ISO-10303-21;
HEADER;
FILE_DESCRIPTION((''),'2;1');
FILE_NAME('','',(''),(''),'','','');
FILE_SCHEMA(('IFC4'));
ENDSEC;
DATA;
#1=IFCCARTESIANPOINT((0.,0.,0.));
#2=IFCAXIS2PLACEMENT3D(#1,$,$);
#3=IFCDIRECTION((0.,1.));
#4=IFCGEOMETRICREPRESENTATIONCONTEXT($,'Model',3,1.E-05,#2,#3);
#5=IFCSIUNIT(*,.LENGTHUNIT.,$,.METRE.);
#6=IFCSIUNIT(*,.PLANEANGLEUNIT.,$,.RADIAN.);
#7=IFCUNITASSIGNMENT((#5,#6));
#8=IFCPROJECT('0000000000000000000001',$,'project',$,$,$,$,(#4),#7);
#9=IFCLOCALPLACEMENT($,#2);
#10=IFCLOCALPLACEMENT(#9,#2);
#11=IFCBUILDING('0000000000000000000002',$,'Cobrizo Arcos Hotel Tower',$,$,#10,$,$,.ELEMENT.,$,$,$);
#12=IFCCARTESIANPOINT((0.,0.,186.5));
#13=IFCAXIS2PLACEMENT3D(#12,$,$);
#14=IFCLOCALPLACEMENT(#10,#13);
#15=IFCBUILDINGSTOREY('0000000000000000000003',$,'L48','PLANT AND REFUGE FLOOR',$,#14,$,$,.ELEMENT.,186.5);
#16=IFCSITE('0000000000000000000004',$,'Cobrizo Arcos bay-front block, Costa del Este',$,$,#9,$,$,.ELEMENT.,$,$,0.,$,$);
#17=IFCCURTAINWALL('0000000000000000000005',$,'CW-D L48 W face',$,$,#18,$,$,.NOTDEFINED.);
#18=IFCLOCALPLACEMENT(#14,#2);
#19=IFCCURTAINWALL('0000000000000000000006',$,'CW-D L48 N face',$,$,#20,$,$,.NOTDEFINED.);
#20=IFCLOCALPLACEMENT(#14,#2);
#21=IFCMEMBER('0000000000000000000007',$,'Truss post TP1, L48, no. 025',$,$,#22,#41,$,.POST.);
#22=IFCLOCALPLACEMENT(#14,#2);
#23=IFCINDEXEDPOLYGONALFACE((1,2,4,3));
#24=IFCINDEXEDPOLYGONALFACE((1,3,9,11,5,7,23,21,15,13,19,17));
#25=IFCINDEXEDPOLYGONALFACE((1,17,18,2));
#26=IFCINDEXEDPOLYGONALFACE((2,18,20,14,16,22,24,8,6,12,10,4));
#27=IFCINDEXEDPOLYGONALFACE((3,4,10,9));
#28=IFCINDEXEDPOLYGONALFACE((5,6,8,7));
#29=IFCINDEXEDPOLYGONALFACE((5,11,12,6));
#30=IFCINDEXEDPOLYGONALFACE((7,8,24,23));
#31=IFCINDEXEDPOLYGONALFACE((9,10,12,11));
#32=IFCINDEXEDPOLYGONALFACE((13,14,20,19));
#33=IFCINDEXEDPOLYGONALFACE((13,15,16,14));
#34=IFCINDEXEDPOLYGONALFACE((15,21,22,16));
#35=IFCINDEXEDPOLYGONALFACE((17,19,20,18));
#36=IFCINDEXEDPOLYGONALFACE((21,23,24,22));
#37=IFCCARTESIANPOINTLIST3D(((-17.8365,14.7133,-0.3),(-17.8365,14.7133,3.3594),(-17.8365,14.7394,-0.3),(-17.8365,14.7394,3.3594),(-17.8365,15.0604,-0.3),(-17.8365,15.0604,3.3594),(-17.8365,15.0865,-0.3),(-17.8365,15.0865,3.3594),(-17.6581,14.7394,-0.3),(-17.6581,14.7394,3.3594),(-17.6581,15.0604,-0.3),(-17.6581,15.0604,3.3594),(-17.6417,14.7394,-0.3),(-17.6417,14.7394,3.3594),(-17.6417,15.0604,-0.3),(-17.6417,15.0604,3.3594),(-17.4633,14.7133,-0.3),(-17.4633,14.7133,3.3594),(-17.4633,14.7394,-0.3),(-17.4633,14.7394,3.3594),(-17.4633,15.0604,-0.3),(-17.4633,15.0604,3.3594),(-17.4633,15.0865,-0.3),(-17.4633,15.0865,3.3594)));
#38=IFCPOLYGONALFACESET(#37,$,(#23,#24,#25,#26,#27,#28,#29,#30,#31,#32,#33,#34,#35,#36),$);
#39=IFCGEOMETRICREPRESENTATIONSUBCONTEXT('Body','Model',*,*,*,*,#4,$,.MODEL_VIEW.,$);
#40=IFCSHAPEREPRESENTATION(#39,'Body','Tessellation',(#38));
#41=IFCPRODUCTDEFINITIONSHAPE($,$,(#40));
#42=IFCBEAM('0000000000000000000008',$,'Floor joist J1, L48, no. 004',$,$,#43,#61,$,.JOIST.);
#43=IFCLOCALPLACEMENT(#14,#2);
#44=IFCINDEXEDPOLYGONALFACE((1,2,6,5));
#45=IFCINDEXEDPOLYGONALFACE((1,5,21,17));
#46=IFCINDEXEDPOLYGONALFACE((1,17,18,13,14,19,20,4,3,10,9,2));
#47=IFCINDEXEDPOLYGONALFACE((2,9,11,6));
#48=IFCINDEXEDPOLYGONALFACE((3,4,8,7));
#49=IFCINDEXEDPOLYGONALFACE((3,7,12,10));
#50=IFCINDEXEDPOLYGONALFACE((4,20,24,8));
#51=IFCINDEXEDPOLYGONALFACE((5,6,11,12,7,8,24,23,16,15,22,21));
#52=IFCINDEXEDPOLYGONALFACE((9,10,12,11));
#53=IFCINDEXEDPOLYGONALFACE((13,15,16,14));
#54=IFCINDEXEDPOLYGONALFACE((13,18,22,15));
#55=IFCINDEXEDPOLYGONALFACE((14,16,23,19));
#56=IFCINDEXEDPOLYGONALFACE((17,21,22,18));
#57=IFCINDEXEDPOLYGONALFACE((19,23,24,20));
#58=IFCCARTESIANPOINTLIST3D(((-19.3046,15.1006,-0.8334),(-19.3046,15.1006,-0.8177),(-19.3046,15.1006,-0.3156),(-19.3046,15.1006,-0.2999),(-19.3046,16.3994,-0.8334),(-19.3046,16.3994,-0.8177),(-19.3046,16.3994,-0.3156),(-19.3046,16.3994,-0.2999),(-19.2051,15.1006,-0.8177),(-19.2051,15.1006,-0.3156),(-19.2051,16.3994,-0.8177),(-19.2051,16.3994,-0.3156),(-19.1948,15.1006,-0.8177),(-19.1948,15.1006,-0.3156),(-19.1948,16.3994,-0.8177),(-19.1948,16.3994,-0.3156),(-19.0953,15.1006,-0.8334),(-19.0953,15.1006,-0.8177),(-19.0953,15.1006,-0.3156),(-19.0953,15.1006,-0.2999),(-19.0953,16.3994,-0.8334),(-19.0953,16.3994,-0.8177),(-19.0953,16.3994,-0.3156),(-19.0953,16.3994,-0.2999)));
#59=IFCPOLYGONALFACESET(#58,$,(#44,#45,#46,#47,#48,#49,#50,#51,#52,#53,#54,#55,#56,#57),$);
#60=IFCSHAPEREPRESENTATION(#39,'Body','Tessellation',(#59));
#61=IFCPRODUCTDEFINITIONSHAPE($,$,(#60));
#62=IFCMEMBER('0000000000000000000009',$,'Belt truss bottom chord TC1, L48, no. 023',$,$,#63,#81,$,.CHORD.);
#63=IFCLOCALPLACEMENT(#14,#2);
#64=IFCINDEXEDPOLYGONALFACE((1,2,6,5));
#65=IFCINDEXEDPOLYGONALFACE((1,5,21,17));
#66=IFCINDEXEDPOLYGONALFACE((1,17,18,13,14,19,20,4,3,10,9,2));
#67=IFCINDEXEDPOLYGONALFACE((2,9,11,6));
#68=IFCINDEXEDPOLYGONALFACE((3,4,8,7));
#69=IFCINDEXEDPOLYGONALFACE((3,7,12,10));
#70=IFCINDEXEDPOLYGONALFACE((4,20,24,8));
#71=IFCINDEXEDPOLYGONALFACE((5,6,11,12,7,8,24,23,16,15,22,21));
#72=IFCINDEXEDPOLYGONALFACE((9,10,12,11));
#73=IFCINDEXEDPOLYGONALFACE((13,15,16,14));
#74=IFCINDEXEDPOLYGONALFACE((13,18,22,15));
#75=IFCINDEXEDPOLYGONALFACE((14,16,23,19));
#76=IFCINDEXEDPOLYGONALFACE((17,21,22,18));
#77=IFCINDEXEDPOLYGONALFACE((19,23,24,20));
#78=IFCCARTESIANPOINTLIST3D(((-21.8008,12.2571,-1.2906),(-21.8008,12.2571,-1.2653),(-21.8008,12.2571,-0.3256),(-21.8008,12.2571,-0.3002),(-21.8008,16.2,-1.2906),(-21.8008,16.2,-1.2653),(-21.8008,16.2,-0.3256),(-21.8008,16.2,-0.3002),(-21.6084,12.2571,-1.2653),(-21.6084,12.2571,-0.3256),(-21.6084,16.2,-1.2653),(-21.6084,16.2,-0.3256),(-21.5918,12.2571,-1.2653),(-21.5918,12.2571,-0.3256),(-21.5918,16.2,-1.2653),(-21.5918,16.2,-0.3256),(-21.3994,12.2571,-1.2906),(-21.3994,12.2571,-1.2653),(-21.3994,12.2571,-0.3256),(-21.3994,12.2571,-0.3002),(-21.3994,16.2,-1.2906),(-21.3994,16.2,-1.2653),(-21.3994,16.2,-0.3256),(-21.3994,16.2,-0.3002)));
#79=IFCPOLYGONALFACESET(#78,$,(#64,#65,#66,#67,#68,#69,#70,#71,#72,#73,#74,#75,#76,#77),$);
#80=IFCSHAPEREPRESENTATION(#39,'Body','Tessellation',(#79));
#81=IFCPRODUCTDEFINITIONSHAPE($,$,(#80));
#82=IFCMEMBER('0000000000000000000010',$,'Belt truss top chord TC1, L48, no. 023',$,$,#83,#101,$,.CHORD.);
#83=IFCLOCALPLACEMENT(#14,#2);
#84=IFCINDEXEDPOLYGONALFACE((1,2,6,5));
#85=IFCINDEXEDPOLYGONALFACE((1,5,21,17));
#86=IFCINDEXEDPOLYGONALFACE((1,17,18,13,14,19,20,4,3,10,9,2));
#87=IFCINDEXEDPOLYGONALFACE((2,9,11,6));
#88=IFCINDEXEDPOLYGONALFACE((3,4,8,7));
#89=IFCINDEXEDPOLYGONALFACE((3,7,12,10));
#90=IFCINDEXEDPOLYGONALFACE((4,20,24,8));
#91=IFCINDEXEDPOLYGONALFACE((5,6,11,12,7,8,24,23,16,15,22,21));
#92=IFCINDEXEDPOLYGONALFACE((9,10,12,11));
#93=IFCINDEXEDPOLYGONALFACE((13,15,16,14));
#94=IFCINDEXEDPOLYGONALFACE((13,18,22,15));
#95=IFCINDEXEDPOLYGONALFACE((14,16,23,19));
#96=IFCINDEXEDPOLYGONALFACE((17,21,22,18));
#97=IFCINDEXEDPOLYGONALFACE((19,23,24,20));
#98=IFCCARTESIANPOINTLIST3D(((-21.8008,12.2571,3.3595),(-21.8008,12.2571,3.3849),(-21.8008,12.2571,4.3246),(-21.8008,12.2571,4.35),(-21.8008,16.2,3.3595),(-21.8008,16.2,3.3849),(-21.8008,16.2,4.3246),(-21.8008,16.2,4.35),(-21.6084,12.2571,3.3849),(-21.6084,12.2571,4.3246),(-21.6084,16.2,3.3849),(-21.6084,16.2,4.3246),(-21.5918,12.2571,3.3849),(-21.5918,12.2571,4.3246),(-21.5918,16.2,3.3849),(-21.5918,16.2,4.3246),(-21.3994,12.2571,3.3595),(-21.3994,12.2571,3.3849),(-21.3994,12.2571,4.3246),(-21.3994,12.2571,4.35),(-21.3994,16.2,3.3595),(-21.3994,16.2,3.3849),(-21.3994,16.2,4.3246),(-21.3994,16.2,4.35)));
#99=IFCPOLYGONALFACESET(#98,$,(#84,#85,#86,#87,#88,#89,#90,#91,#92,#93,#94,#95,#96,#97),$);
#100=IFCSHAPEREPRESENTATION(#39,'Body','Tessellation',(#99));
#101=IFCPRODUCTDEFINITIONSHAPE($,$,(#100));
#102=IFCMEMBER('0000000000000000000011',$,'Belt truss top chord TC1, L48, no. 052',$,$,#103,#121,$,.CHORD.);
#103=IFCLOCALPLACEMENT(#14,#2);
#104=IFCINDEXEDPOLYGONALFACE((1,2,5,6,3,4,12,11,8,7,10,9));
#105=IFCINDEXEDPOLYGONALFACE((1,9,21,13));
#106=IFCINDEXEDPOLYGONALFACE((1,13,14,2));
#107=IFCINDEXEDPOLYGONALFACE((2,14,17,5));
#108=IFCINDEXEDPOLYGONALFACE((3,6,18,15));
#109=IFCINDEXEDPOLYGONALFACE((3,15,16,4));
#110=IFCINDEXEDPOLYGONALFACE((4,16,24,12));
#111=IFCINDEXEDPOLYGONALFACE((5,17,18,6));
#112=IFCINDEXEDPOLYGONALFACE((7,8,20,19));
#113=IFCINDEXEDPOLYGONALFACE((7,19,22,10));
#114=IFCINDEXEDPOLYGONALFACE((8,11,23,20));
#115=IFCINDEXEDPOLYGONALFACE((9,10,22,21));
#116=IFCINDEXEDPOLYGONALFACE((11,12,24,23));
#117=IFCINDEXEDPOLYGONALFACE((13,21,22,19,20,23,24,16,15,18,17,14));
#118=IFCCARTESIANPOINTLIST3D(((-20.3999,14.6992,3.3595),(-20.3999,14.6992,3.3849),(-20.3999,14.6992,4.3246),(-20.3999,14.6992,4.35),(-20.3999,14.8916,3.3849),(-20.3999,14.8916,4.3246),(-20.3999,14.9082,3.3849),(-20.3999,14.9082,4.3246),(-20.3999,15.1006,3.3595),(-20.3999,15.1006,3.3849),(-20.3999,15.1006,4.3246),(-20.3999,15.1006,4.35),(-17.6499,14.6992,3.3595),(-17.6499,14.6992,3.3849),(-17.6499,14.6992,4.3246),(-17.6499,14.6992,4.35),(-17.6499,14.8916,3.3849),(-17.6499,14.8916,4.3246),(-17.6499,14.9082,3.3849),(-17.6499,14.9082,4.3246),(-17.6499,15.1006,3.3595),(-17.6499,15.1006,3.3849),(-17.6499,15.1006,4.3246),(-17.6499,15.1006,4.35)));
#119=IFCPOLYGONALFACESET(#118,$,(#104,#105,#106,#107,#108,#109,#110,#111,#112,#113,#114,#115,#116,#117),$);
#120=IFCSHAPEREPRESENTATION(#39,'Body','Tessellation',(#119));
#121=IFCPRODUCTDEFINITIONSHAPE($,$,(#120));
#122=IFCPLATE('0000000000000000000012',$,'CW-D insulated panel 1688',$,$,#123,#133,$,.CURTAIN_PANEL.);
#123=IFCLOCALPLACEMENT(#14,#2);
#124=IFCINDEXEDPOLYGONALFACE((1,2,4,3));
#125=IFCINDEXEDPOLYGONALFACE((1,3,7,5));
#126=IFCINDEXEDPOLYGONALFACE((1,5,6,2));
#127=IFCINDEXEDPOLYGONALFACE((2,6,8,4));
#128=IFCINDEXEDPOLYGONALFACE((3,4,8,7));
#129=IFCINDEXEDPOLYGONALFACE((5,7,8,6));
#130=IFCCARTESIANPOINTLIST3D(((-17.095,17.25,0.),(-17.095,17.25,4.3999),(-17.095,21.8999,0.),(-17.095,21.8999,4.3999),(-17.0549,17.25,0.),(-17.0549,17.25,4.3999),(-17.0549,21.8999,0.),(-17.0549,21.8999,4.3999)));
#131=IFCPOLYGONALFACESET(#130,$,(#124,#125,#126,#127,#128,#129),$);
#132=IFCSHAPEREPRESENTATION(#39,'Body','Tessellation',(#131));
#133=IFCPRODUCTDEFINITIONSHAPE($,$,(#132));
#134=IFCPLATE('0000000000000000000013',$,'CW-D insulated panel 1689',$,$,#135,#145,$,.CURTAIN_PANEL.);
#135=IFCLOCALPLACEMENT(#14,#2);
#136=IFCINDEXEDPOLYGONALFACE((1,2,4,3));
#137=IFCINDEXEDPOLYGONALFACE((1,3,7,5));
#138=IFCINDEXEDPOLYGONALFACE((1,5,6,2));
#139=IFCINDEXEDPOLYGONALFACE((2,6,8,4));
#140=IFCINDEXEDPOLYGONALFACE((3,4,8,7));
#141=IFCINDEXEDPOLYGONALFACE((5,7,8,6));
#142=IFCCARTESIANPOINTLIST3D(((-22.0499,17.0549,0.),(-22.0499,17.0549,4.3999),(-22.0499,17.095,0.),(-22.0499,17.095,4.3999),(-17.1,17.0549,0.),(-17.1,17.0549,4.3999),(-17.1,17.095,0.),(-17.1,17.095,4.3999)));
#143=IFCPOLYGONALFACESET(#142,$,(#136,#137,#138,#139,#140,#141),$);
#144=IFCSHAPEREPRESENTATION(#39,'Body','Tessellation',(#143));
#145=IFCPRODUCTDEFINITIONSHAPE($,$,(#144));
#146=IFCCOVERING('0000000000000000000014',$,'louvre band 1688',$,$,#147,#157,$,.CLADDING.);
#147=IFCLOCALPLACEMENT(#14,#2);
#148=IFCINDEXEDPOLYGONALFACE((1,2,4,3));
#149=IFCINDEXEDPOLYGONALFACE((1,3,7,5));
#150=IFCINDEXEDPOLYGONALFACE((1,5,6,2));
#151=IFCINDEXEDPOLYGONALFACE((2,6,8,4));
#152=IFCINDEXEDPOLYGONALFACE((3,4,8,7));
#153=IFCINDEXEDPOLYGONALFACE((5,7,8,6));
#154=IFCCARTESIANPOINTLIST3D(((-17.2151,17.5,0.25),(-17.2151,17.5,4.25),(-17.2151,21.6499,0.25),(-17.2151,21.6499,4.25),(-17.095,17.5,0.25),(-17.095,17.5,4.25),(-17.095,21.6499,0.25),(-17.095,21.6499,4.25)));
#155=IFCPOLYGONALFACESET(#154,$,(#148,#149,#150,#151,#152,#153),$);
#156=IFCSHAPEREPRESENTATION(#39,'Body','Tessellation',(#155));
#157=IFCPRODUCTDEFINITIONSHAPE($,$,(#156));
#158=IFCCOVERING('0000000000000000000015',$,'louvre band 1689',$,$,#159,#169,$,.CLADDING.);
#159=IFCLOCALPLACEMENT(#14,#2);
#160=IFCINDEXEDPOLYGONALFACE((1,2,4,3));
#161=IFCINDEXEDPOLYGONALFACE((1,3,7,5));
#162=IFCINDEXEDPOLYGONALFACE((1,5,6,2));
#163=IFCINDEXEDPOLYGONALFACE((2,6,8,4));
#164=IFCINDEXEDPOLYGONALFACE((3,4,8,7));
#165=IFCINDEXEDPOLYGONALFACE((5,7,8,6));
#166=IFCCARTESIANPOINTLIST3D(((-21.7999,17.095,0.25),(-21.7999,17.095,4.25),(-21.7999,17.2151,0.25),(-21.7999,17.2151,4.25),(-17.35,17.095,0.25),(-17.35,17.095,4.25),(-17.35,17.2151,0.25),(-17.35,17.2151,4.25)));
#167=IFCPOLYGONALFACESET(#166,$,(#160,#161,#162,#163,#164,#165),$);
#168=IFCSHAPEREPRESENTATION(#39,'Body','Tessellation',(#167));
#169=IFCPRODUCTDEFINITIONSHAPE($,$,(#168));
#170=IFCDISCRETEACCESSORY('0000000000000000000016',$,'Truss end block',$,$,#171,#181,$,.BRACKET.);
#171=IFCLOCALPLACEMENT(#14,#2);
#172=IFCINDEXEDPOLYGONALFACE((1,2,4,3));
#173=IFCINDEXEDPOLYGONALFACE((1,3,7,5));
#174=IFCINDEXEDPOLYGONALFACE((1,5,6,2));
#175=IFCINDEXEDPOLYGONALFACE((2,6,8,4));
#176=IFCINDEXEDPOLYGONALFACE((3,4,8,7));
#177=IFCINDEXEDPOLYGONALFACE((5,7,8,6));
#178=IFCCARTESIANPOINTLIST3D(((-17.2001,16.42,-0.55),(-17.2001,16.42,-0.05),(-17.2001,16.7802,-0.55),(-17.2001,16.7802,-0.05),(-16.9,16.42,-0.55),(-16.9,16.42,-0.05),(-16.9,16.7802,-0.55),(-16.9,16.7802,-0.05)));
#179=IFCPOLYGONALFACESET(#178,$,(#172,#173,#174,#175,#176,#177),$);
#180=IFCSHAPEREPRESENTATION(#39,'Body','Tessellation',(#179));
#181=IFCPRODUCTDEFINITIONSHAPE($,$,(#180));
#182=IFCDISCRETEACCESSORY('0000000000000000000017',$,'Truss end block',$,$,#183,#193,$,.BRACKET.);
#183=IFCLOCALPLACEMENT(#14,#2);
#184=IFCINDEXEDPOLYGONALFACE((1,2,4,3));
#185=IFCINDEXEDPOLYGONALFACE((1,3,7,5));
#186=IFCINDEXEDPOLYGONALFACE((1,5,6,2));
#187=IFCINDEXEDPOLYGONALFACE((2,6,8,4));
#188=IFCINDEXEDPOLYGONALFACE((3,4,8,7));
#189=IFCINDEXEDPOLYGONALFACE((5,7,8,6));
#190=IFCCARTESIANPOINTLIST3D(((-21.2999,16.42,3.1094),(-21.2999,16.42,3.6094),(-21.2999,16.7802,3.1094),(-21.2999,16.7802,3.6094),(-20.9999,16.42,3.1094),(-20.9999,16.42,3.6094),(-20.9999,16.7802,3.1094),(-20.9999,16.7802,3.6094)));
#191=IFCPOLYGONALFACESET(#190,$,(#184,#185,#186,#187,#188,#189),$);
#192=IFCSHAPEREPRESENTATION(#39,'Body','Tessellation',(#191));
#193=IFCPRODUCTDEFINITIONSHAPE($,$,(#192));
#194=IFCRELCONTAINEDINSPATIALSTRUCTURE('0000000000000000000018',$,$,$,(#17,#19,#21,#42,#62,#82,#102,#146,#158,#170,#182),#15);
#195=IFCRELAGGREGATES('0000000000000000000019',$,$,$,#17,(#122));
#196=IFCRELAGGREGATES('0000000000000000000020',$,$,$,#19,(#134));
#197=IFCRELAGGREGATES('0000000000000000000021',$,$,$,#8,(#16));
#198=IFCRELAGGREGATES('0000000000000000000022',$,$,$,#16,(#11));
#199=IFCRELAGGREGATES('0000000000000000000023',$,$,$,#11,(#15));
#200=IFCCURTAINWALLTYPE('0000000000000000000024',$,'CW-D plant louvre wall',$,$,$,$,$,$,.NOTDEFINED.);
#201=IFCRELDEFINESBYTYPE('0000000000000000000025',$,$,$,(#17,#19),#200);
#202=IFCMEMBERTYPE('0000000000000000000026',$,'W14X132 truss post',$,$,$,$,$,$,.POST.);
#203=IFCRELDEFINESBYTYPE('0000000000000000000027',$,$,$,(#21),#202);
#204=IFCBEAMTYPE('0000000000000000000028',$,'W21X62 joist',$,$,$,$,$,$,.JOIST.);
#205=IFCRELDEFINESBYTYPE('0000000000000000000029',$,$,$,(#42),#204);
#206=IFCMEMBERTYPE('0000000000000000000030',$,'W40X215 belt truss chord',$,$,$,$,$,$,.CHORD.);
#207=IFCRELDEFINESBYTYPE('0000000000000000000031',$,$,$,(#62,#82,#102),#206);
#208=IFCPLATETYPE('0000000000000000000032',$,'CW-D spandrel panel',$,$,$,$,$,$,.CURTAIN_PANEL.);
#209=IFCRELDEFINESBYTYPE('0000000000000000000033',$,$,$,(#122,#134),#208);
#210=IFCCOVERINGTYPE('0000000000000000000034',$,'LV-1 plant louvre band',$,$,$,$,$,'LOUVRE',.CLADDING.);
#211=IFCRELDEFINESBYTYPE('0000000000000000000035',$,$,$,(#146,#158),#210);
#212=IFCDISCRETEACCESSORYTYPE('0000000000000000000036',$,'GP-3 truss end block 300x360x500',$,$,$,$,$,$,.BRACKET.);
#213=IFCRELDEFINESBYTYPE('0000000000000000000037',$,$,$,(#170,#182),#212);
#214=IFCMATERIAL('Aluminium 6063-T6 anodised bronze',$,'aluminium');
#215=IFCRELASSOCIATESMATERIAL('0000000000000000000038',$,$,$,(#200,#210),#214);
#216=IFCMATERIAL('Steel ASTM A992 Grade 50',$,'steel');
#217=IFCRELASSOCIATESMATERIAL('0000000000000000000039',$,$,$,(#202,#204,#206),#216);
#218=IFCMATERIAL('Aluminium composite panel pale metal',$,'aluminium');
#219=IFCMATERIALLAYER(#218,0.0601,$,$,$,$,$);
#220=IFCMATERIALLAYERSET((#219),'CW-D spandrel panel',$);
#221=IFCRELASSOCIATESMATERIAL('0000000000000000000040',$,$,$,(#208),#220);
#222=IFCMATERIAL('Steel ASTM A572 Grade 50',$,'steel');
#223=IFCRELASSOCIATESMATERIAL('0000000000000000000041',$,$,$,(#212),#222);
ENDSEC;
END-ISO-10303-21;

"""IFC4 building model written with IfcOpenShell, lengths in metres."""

from ifc_helpers import new_model, si_unit, direction, frame, origin, origin_2d, place, context, subcontext, project, spatial, rectangle, i_section, extrude, material, layer, layer_set, material_profile, profile_set, type_object, element, aggregate, save


model = new_model("IFC4")

# Units and contexts
model_context = context("Model", 3, precision=1e-05, world=origin(), true_north=direction((0.0, 1.0)))
body_context = subcontext(model_context, "Body", "Model", "MODEL_VIEW")
ifc_project = project(units=[si_unit("LENGTHUNIT", "METRE"), si_unit("PLANEANGLEUNIT", "RADIAN")], contexts=[model_context])

# Site, building, storey
site_placement = place(None, origin())
site = spatial("IfcSite", under=ifc_project, at=site_placement, Name="Cobrizo Arcos bay-front block, Costa del Este", CompositionType="ELEMENT", RefElevation=0.0)
building_placement = place(site_placement, origin())
building = spatial("IfcBuilding", under=site, at=building_placement, Name="Cobrizo Arcos Hotel Tower", CompositionType="ELEMENT")
storey_placement = place(building_placement, frame((0.0, 0.0, 186.5)))
storey = spatial("IfcBuildingStorey", under=building, at=storey_placement, Name="L48", Description="PLANT AND REFUGE FLOOR", CompositionType="ELEMENT", Elevation=186.5)

# Shared definitions
ifc_material_1 = material(Name="Steel ASTM A572 Grade 50", Category="steel")

# Shared definitions
ifc_material_2 = material(Name="Aluminium 6063-T6 anodised bronze", Category="aluminium")
curtain_wall_type = type_object("IfcCurtainWallType", Name="CW-D plant louvre wall", PredefinedType="NOTDEFINED", material=ifc_material_2)

# Curtain wall
curtain_wall_1_placement = place(storey_placement, origin())
curtain_wall_1 = element("IfcCurtainWall", 1, at=curtain_wall_1_placement, inside=storey, type_object=curtain_wall_type, Name="CW-D L48 W face", PredefinedType="NOTDEFINED")

# Curtain wall
curtain_wall_2_placement = place(storey_placement, origin())
curtain_wall_2 = element("IfcCurtainWall", 2, at=curtain_wall_2_placement, inside=storey, type_object=curtain_wall_type, Name="CW-D L48 N face", PredefinedType="NOTDEFINED")

# Member
ifc_material_3 = material(Name="Steel ASTM A992 Grade 50", Category="steel")
ifc_material_profile_1 = material_profile(ifc_material_3, i_section(OverallWidth=0.3733, OverallDepth=0.3733, WebThickness=0.0164, FlangeThickness=0.0261, at=origin_2d()), Name="W14X132")
ifc_profile_set_1 = profile_set([ifc_material_profile_1], Name="Steel ASTM A992 Grade 50")
member_type_1 = type_object("IfcMemberType", Name="W14X132 truss post", PredefinedType="POST", material=ifc_profile_set_1)
member_1_placement = place(storey_placement, frame((-17.6499, 14.8999, -0.3), z_axis=(0.0, 0.0, 1.0), x_axis=(1.0, 0.0, 0.0)))
element("IfcMember", 3, at=member_1_placement, inside=storey, type_object=member_type_1, Name="Truss post TP1, L48, no. 025", PredefinedType="POST", context=body_context, shape_type="SweptSolid", body=[
    extrude(i_section(OverallWidth=0.3733, OverallDepth=0.3733, WebThickness=0.0164, FlangeThickness=0.0261, at=origin_2d()), origin(), (0.0, 0.0, 1.0), 3.6594),
])

# Beam
ifc_material_profile_2 = material_profile(ifc_material_3, i_section(OverallWidth=0.2092, OverallDepth=0.5334, WebThickness=0.0103, FlangeThickness=0.0156, at=origin_2d()), Name="W21X62")
ifc_profile_set_2 = profile_set([ifc_material_profile_2], Name="Steel ASTM A992 Grade 50")
beam_type_1 = type_object("IfcBeamType", Name="W21X62 joist", PredefinedType="JOIST", material=ifc_profile_set_2)
beam_1_placement = place(storey_placement, frame((-19.2, 15.1006, -0.5667), z_axis=(0.0, 1.0, 0.0), x_axis=(-1.0, 0.0, 0.0)))
element("IfcBeam", 4, at=beam_1_placement, inside=storey, type_object=beam_type_1, Name="Floor joist J1, L48, no. 004", PredefinedType="JOIST", context=body_context, shape_type="SweptSolid", body=[
    extrude(i_section(OverallWidth=0.2092, OverallDepth=0.5334, WebThickness=0.0103, FlangeThickness=0.0156, at=origin_2d()), origin(), (0.0, 0.0, 1.0), 1.2988),
])

# Members
ifc_material_profile_3 = material_profile(ifc_material_3, i_section(OverallWidth=0.4014, OverallDepth=0.9905, WebThickness=0.0166, FlangeThickness=0.0254, at=origin_2d()), Name="W40X215")
ifc_profile_set_3 = profile_set([ifc_material_profile_3], Name="Steel ASTM A992 Grade 50")
member_type_2 = type_object("IfcMemberType", Name="W40X215 belt truss chord", PredefinedType="CHORD", material=ifc_profile_set_3)
for number, where, z_axis, x_axis, name in (
    (5, (-21.6001, 16.2, -0.7954), (0.0, -1.0, 0.0), (1.0, 0.0, 0.0), "Belt truss bottom chord TC1, L48, no. 023"),
    (6, (-21.6001, 16.2, 3.8547), (0.0, -1.0, 0.0), (1.0, 0.0, 0.0), "Belt truss top chord TC1, L48, no. 023"),
):
    element("IfcMember", number, at=place(storey_placement, frame(where, z_axis=z_axis, x_axis=x_axis)), inside=storey, type_object=member_type_2, Name=name, PredefinedType="CHORD", context=body_context, shape_type="SweptSolid", body=[
        extrude(i_section(OverallWidth=0.4014, OverallDepth=0.9905, WebThickness=0.0166, FlangeThickness=0.0254, at=origin_2d()), origin(), (0.0, 0.0, 1.0), 3.9429),
    ])
member_2_placement = place(storey_placement, frame((-17.6499, 14.8999, 3.8547), z_axis=(-1.0, 0.0, 0.0), x_axis=(0.0, -1.0, 0.0)))
element("IfcMember", 7, at=member_2_placement, inside=storey, type_object=member_type_2, Name="Belt truss top chord TC1, L48, no. 052", PredefinedType="CHORD", context=body_context, shape_type="SweptSolid", body=[
    extrude(i_section(OverallWidth=0.4014, OverallDepth=0.9905, WebThickness=0.0166, FlangeThickness=0.0254, at=origin_2d()), origin(), (0.0, 0.0, 1.0), 2.75),
])

# Plates
ifc_material_4 = material(Name="Aluminium composite panel pale metal", Category="aluminium")
ifc_layer = layer(ifc_material_4, 0.0601)
ifc_layer_set = layer_set([ifc_layer], Name="CW-D spandrel panel")
plate_type = type_object("IfcPlateType", Name="CW-D spandrel panel", PredefinedType="CURTAIN_PANEL", material=ifc_layer_set)
plate_1_placement = place(storey_placement, frame((-17.075, 19.575, 0.0), z_axis=(0.0, 0.0, 1.0), x_axis=(0.0, -1.0, 0.0)))
plate_1 = element("IfcPlate", 8, at=plate_1_placement, type_object=plate_type, Name="CW-D insulated panel 1688", PredefinedType="CURTAIN_PANEL", context=body_context, shape_type="SweptSolid", body=[
    extrude(rectangle(XDim=4.6499, YDim=0.04, at=origin_2d()), origin(), (0.0, 0.0, 1.0), 4.3999),
])
aggregate(curtain_wall_1, [plate_1])
plate_2_placement = place(storey_placement, frame((-19.575, 17.075, 0.0), z_axis=(0.0, 0.0, 1.0), x_axis=(-1.0, 0.0, 0.0)))
plate_2 = element("IfcPlate", 9, at=plate_2_placement, type_object=plate_type, Name="CW-D insulated panel 1689", PredefinedType="CURTAIN_PANEL", context=body_context, shape_type="SweptSolid", body=[
    extrude(rectangle(XDim=4.95, YDim=0.04, at=origin_2d()), origin(), (0.0, 0.0, 1.0), 4.3999),
])
aggregate(curtain_wall_2, [plate_2])

# Coverings
covering_type = type_object("IfcCoveringType", Name="LV-1 plant louvre band", ElementType="LOUVRE", PredefinedType="CLADDING", material=ifc_material_2)
covering_1_placement = place(storey_placement, frame((-17.155, 19.575, 0.25), z_axis=(0.0, 0.0, 1.0), x_axis=(0.0, -1.0, 0.0)))
element("IfcCovering", 10, at=covering_1_placement, inside=storey, type_object=covering_type, Name="louvre band 1688", PredefinedType="CLADDING", context=body_context, shape_type="SweptSolid", body=[
    extrude(rectangle(XDim=4.1499, YDim=0.1201, at=origin_2d()), origin(), (0.0, 0.0, 1.0), 4.0),
])
covering_2_placement = place(storey_placement, frame((-19.575, 17.155, 0.25), z_axis=(0.0, 0.0, 1.0), x_axis=(-1.0, 0.0, 0.0)))
element("IfcCovering", 11, at=covering_2_placement, inside=storey, type_object=covering_type, Name="louvre band 1689", PredefinedType="CLADDING", context=body_context, shape_type="SweptSolid", body=[
    extrude(rectangle(XDim=4.45, YDim=0.1201, at=origin_2d()), origin(), (0.0, 0.0, 1.0), 4.0),
])

# Discrete accessories
discrete_accessory_type_1 = type_object("IfcDiscreteAccessoryType", Name="GP-3 truss end block 300x360x500", PredefinedType="BRACKET", material=ifc_material_1)
for number, where, z_axis, x_axis, name in (
    (12, (-17.05, 16.6001, -0.55), (0.0, 0.0, 1.0), (-1.0, 0.0, 0.0), "Truss end block"),
    (13, (-21.1499, 16.6001, 3.1094), (0.0, 0.0, 1.0), (1.0, 0.0, 0.0), "Truss end block"),
):
    element("IfcDiscreteAccessory", number, at=place(storey_placement, frame(where, z_axis=z_axis, x_axis=x_axis)), inside=storey, type_object=discrete_accessory_type_1, Name=name, PredefinedType="BRACKET", context=body_context, shape_type="SweptSolid", body=[
        extrude(rectangle(XDim=0.3, YDim=0.3601, at=origin_2d()), origin(), (0.0, 0.0, 1.0), 0.5),
    ])

save(model, "model.ifc")
